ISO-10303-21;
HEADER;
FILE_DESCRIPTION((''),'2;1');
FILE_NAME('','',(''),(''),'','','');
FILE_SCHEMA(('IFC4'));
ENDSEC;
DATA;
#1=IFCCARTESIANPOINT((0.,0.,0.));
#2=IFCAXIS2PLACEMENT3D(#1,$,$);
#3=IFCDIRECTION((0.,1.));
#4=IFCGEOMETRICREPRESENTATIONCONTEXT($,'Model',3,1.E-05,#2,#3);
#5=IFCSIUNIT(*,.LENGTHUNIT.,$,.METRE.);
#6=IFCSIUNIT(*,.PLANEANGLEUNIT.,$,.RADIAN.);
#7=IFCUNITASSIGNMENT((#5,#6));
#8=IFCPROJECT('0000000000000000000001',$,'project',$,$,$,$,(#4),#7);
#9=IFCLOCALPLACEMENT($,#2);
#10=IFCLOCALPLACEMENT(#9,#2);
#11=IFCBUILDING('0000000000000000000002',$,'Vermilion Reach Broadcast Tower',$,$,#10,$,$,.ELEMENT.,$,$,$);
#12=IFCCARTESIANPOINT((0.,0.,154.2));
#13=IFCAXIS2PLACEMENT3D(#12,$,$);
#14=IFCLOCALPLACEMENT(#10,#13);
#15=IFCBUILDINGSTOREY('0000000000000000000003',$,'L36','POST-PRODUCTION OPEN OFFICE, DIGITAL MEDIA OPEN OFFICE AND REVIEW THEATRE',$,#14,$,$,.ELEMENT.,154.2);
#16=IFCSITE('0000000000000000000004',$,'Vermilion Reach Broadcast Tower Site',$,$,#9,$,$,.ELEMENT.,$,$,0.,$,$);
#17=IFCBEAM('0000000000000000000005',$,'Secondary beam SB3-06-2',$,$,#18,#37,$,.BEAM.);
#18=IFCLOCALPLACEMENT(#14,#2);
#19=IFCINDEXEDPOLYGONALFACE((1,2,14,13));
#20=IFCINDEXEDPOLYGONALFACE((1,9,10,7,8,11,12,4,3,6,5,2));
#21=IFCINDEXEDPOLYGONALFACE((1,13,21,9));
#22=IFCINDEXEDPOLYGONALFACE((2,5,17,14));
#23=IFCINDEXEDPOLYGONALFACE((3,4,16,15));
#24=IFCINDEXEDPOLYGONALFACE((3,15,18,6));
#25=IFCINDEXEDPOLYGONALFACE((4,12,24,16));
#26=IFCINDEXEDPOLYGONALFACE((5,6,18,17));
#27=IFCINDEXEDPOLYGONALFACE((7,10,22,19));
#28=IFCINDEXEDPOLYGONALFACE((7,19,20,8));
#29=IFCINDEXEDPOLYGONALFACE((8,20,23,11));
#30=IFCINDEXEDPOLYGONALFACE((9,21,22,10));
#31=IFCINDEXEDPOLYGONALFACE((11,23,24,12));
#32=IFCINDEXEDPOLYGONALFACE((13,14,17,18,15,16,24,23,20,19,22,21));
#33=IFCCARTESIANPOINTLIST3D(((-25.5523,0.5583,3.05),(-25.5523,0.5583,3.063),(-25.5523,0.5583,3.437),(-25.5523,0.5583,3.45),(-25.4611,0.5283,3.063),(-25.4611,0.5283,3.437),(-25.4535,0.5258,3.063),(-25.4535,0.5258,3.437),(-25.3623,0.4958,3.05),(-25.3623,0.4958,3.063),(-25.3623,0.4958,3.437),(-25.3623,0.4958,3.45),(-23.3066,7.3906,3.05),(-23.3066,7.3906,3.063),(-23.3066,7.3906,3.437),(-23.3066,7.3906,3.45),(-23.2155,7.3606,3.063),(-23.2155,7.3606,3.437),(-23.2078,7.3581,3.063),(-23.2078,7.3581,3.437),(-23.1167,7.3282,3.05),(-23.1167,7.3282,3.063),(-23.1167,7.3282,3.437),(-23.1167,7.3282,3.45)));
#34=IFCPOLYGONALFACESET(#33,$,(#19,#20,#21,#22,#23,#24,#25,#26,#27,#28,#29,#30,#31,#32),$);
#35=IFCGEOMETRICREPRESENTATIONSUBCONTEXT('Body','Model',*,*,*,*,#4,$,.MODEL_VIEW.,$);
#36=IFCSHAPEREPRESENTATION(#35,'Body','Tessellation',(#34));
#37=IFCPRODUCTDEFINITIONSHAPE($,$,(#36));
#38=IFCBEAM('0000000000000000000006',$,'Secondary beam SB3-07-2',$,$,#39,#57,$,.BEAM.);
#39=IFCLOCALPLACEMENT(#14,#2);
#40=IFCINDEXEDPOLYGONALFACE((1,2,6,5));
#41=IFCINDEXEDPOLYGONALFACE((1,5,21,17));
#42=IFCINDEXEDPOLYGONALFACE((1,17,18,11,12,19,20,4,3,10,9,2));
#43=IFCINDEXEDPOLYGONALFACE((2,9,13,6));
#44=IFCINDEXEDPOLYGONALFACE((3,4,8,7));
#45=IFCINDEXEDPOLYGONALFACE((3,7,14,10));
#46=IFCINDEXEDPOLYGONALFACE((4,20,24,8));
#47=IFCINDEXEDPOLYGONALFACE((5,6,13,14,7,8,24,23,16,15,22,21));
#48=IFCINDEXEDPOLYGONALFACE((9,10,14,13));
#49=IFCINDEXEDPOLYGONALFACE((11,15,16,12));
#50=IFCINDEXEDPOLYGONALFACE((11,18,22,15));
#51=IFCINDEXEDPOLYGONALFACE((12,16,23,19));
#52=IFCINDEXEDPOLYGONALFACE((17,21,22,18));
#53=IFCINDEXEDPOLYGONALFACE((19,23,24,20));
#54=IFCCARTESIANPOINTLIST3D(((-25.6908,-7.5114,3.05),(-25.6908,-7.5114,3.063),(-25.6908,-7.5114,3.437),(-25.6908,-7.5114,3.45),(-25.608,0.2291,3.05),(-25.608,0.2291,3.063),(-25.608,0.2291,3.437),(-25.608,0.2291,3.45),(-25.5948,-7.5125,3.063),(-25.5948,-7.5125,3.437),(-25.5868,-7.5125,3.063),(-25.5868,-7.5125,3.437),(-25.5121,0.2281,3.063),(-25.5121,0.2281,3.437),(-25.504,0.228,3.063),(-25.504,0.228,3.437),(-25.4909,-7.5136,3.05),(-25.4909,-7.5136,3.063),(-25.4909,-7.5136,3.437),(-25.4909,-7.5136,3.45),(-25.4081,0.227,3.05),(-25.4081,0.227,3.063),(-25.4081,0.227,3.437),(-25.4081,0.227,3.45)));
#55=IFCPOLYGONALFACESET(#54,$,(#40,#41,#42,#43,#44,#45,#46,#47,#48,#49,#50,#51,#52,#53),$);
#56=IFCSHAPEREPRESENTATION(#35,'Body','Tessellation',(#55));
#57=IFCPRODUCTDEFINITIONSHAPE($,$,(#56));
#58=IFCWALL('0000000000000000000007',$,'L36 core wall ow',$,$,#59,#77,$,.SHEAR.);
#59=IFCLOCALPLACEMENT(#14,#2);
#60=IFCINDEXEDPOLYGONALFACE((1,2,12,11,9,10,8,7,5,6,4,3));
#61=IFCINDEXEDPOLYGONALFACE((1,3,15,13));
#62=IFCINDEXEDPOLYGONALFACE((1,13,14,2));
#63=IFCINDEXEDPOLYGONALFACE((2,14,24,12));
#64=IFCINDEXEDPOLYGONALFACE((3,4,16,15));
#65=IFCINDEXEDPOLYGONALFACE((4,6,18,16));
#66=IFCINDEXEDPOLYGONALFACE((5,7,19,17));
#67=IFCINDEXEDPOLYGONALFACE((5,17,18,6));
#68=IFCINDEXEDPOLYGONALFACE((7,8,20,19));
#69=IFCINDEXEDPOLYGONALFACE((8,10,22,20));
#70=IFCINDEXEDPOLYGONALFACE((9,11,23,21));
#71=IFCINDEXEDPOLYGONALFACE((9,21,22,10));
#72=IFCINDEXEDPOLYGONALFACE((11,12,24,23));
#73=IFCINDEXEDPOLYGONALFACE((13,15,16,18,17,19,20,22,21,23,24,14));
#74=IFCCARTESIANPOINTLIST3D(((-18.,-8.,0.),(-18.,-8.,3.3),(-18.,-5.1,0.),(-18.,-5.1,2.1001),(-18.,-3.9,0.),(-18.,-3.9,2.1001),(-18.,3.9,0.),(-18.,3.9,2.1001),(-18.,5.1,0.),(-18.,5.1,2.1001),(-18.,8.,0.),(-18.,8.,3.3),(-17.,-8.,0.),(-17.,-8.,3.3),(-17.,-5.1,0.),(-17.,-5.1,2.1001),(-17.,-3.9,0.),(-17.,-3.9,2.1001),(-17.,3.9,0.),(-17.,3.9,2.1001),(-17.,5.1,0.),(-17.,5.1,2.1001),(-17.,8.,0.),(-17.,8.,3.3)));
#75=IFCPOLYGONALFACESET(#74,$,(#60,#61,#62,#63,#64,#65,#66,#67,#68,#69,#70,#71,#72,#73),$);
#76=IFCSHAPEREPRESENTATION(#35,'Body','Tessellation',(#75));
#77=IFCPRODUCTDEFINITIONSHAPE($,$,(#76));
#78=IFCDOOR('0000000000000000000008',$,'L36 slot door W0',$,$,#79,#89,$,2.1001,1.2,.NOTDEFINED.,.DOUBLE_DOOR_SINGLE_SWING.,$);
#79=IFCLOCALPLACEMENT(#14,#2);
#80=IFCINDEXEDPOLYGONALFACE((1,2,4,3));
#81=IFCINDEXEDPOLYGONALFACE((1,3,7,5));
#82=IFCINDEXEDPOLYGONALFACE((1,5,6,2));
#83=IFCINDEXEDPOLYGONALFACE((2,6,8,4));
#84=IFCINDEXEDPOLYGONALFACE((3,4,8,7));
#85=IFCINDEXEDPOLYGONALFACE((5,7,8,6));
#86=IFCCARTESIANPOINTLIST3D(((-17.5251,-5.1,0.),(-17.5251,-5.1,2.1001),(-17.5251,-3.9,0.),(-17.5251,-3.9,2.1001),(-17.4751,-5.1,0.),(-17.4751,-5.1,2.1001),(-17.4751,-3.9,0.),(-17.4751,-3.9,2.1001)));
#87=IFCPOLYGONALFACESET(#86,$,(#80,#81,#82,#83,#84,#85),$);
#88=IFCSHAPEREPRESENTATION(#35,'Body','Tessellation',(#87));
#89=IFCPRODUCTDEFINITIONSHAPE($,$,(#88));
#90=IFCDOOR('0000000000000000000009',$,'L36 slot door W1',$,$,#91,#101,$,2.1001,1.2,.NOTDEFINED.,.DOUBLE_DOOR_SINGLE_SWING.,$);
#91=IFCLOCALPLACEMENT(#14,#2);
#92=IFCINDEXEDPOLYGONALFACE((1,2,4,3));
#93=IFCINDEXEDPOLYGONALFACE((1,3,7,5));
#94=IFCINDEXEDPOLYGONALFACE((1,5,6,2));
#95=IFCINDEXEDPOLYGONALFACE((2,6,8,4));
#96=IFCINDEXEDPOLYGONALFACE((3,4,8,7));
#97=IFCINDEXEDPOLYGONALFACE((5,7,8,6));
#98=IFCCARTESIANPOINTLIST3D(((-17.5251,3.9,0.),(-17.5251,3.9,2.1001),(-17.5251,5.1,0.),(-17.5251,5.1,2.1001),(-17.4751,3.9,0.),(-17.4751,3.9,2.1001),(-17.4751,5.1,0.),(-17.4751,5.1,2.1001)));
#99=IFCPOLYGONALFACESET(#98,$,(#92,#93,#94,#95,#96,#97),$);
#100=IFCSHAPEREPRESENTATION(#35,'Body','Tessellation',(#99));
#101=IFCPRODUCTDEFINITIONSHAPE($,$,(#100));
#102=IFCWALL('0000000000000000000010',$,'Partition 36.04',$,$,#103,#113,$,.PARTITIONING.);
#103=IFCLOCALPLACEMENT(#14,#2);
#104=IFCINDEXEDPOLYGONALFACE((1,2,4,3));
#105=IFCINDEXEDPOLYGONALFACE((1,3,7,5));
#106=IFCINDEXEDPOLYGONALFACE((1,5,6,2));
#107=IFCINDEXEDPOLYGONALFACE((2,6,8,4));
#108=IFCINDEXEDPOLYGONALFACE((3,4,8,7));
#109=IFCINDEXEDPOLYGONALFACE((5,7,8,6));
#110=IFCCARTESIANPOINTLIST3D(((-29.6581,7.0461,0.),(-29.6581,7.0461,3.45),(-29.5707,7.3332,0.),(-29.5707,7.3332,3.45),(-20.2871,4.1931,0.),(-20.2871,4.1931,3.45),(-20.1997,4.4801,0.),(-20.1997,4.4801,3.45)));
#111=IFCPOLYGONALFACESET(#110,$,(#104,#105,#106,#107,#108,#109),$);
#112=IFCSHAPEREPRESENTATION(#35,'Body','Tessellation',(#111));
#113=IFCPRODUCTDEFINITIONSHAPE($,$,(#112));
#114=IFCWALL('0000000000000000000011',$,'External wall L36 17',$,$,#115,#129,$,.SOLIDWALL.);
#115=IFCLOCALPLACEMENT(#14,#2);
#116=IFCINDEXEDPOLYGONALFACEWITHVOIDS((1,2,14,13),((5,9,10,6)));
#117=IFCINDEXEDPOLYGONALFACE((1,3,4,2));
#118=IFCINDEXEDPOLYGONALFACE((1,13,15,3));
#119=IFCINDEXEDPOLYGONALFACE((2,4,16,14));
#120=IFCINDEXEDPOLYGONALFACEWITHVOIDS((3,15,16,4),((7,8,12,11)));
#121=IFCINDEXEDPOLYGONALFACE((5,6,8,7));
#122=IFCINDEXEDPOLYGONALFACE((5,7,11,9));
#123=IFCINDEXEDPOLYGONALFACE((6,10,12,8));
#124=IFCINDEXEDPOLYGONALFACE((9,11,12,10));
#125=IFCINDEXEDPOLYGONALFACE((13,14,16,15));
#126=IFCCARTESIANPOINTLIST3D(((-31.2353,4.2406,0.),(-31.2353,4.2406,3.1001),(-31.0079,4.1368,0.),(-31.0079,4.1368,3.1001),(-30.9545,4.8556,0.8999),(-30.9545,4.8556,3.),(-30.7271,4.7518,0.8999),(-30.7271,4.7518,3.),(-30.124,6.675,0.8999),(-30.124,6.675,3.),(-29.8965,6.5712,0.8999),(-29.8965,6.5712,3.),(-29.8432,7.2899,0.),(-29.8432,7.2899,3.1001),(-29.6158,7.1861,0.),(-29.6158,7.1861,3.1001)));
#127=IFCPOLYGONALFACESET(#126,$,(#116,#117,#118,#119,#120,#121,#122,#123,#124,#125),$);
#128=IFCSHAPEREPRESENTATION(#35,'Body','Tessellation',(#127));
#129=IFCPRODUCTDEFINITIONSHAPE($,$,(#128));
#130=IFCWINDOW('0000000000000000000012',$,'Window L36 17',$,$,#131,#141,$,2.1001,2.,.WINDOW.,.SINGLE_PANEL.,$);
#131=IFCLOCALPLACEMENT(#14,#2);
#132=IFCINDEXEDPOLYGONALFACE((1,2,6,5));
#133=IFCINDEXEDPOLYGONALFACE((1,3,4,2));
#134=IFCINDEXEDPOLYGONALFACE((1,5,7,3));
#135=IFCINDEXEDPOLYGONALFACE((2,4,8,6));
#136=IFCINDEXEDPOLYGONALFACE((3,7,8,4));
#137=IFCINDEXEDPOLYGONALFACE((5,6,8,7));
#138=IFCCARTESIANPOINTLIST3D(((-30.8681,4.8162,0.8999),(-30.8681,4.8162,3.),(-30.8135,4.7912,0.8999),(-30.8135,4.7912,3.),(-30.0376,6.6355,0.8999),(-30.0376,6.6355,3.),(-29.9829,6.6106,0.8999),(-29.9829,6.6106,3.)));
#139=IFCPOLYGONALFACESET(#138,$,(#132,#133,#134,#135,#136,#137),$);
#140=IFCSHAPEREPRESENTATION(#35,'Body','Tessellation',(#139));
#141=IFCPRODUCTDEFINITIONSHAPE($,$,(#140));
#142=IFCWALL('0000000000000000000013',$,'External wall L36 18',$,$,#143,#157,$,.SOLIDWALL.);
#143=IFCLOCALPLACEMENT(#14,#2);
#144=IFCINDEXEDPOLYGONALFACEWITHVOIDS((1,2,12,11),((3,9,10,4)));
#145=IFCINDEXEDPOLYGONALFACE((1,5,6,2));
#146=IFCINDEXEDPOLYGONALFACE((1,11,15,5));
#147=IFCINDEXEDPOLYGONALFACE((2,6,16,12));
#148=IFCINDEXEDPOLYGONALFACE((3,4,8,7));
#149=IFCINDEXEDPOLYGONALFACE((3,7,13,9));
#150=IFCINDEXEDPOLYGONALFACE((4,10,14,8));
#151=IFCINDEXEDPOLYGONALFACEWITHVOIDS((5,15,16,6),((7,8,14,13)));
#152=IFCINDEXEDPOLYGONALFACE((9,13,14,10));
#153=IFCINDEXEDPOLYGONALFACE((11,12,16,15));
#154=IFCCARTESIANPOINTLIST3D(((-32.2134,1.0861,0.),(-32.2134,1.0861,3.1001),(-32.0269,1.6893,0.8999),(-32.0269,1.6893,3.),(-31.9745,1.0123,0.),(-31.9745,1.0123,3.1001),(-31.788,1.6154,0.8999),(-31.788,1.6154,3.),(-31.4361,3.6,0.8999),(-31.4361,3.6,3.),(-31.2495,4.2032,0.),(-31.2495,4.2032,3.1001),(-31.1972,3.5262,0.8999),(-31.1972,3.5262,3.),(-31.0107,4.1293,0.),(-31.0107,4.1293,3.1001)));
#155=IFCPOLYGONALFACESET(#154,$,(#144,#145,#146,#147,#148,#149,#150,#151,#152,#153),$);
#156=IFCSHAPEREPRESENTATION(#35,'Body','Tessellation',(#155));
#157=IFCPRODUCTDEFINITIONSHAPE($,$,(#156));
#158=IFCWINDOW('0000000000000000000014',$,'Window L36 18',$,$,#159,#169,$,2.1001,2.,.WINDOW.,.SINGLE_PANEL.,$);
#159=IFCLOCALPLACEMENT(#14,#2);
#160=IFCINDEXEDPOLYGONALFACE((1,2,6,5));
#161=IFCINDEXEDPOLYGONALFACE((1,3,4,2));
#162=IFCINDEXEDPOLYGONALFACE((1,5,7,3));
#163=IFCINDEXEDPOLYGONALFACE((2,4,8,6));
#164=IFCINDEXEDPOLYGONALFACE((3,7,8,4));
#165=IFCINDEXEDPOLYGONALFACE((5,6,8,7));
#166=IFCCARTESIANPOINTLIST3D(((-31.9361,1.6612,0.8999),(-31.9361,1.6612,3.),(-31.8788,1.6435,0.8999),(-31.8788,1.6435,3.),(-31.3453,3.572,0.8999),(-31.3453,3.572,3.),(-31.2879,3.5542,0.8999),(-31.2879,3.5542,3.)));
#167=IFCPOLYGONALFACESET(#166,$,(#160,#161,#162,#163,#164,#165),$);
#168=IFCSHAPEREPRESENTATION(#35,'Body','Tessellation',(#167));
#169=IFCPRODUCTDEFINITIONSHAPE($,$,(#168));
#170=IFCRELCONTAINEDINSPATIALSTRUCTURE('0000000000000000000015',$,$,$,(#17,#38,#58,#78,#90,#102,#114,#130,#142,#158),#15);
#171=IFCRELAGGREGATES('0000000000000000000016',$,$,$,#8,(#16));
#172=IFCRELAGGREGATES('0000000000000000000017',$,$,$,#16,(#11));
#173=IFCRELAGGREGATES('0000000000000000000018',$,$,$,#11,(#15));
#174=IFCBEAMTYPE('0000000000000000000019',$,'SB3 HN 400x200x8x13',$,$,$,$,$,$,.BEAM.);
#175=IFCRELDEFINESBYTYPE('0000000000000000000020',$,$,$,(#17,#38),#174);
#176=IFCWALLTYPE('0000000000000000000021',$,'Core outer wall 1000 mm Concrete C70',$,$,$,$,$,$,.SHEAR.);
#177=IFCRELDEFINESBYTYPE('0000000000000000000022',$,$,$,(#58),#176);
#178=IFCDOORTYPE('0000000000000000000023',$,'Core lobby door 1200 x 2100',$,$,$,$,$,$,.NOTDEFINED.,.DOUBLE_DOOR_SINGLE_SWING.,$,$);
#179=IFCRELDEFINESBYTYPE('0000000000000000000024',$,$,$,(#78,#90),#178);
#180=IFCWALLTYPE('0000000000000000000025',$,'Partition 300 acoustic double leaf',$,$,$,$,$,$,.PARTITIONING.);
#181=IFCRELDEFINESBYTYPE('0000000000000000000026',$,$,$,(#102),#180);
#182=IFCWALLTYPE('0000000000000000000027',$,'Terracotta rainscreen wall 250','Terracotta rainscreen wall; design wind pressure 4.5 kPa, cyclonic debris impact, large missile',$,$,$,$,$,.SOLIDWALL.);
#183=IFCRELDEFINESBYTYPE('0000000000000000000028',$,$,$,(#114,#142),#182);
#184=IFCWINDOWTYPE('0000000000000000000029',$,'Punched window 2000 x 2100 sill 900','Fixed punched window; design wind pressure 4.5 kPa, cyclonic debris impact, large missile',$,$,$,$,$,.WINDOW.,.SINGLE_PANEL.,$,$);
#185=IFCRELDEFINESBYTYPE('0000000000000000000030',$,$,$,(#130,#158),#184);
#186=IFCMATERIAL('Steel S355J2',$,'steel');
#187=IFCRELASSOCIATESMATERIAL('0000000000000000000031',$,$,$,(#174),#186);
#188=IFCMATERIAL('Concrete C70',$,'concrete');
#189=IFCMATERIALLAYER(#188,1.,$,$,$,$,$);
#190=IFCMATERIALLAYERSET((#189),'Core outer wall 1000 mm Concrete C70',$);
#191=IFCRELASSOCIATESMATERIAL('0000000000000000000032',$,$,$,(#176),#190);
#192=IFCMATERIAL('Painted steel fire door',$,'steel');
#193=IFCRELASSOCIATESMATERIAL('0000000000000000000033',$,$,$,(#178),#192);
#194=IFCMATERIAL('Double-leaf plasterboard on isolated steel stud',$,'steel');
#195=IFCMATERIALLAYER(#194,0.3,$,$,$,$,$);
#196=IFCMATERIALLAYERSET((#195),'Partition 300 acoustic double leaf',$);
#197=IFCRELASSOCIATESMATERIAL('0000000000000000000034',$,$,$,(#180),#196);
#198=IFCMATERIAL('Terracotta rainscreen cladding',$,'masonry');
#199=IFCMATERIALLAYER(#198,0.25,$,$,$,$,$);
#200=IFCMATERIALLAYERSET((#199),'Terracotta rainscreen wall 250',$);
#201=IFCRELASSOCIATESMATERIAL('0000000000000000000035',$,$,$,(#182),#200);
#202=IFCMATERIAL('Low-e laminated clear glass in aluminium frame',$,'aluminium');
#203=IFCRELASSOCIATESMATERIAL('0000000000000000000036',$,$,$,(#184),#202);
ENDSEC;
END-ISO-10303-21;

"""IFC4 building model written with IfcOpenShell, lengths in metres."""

from ifc_helpers import new_model, si_unit, direction, frame, frame_2d, origin, origin_2d, place, context, subcontext, project, spatial, rectangle, i_section, extrude, material, layer, layer_set, material_profile, profile_set, type_object, element, fill, save


model = new_model("IFC4")

# Units and contexts
model_context = context("Model", 3, precision=1e-05, world=origin(), true_north=direction((0.0, 1.0)))
body_context = subcontext(model_context, "Body", "Model", "MODEL_VIEW")
ifc_project = project(units=[si_unit("LENGTHUNIT", "METRE"), si_unit("PLANEANGLEUNIT", "RADIAN")], contexts=[model_context])

# Site, building, storey
site_placement = place(None, origin())
site = spatial("IfcSite", under=ifc_project, at=site_placement, Name="Vermilion Reach Broadcast Tower Site", CompositionType="ELEMENT", RefElevation=0.0)
building_placement = place(site_placement, origin())
building = spatial("IfcBuilding", under=site, at=building_placement, Name="Vermilion Reach Broadcast Tower", CompositionType="ELEMENT")
storey_placement = place(building_placement, frame((0.0, 0.0, 154.2)))
storey = spatial("IfcBuildingStorey", under=building, at=storey_placement, Name="L36", Description="POST-PRODUCTION OPEN OFFICE, DIGITAL MEDIA OPEN OFFICE AND REVIEW THEATRE", CompositionType="ELEMENT", Elevation=154.2)

# Beams
ifc_material_1 = material(Name="Steel S355J2", Category="steel")
ifc_material_profile_1 = material_profile(ifc_material_1, i_section(OverallWidth=0.2, OverallDepth=0.3999, WebThickness=0.0081, FlangeThickness=0.0129, at=origin_2d()), Name="S355J2 HN 400x200x8x13")
ifc_profile_set_1 = profile_set([ifc_material_profile_1], Name="Steel S355J2")
beam_type_1 = type_object("IfcBeamType", Name="SB3 HN 400x200x8x13", PredefinedType="BEAM", material=ifc_profile_set_1)
beam_1_placement = place(storey_placement, frame((-23.2117, 7.3594, 3.25), z_axis=(-0.312243, -0.950002, 0.0), x_axis=(0.950002, -0.312243, 0.0)))
element("IfcBeam", 1, at=beam_1_placement, inside=storey, type_object=beam_type_1, Name="Secondary beam SB3-06-2", PredefinedType="BEAM", context=body_context, shape_type="SweptSolid", body=[
    extrude(i_section(OverallWidth=0.2, OverallDepth=0.3999, WebThickness=0.0081, FlangeThickness=0.0129, at=origin_2d()), origin(), (0.0, 0.0, 1.0), 7.1919),
])
beam_2_placement = place(storey_placement, frame((-25.5081, 0.228, 3.25), z_axis=(-0.010692, -0.999943, 0.0), x_axis=(0.999943, -0.010692, 0.0)))
element("IfcBeam", 2, at=beam_2_placement, inside=storey, type_object=beam_type_1, Name="Secondary beam SB3-07-2", PredefinedType="BEAM", context=body_context, shape_type="SweptSolid", body=[
    extrude(i_section(OverallWidth=0.2, OverallDepth=0.3999, WebThickness=0.0081, FlangeThickness=0.0129, at=origin_2d()), origin(), (0.0, 0.0, 1.0), 7.741),
])

# Wall, openings, doors
ifc_material_2 = material(Name="Concrete C70", Category="concrete")
ifc_layer_1 = layer(ifc_material_2, 1.0)
ifc_layer_set_1 = layer_set([ifc_layer_1], Name="Core outer wall 1000 mm Concrete C70")
wall_type_1 = type_object("IfcWallType", Name="Core outer wall 1000 mm Concrete C70", PredefinedType="SHEAR", material=ifc_layer_set_1)
wall_1_placement = place(storey_placement, frame((-17.5, 8.0, 0.0), z_axis=(0.0, 0.0, 1.0), x_axis=(0.0, -1.0, 0.0)))
wall_1 = element("IfcWall", 3, at=wall_1_placement, inside=storey, type_object=wall_type_1, Name="L36 core wall ow", PredefinedType="SHEAR", context=body_context, shape_type="SweptSolid", body=[
    extrude(rectangle(XDim=16.0, YDim=1.0, at=frame_2d((8.0, 0.0))), origin(), (0.0, 0.0, 1.0), 3.3),
])
opening_1_placement = place(wall_1_placement, frame((11.8999, 0.0, 0.0)))
opening_1 = element("IfcOpeningElement", 4, at=opening_1_placement, cuts=wall_1, PredefinedType="OPENING", context=body_context, shape_type="SweptSolid", body=[
    extrude(rectangle(XDim=1.2, YDim=2.1001, at=frame_2d((0.6001, 1.05))), frame((0.0, 0.51, 0.0), z_axis=(0.0, -1.0, 0.0), x_axis=(1.0, 0.0, 0.0)), (0.0, 0.0, 1.0), 1.02),
])
opening_2_placement = place(wall_1_placement, frame((2.8999, 0.0, 0.0)))
opening_2 = element("IfcOpeningElement", 5, at=opening_2_placement, cuts=wall_1, PredefinedType="OPENING", context=body_context, shape_type="SweptSolid", body=[
    extrude(rectangle(XDim=1.2, YDim=2.1001, at=frame_2d((0.6001, 1.05))), frame((0.0, 0.51, 0.0), z_axis=(0.0, -1.0, 0.0), x_axis=(1.0, 0.0, 0.0)), (0.0, 0.0, 1.0), 1.02),
])
ifc_material_3 = material(Name="Painted steel fire door", Category="steel")
door_type = type_object("IfcDoorType", Name="Core lobby door 1200 x 2100", OperationType="DOUBLE_DOOR_SINGLE_SWING", PredefinedType="NOTDEFINED", material=ifc_material_3)
door_1_placement = place(opening_1_placement, origin())
door_1 = element("IfcDoor", 6, at=door_1_placement, inside=storey, type_object=door_type, Name="L36 slot door W0", OperationType="DOUBLE_DOOR_SINGLE_SWING", OverallHeight=2.1001, OverallWidth=1.2, PredefinedType="NOTDEFINED", context=body_context, shape_type="SweptSolid", body=[
    extrude(rectangle(XDim=1.2, YDim=2.1001, at=frame_2d((0.6001, 1.05))), frame((0.0, 0.0249, 0.0), z_axis=(0.0, -1.0, 0.0), x_axis=(1.0, 0.0, 0.0)), (0.0, 0.0, 1.0), 0.05),
])
fill(opening_1, door_1)
door_2_placement = place(opening_2_placement, origin())
door_2 = element("IfcDoor", 7, at=door_2_placement, inside=storey, type_object=door_type, Name="L36 slot door W1", OperationType="DOUBLE_DOOR_SINGLE_SWING", OverallHeight=2.1001, OverallWidth=1.2, PredefinedType="NOTDEFINED", context=body_context, shape_type="SweptSolid", body=[
    extrude(rectangle(XDim=1.2, YDim=2.1001, at=frame_2d((0.6001, 1.05))), frame((0.0, 0.0249, 0.0), z_axis=(0.0, -1.0, 0.0), x_axis=(1.0, 0.0, 0.0)), (0.0, 0.0, 1.0), 0.05),
])
fill(opening_2, door_2)

# Wall
ifc_material_4 = material(Name="Double-leaf plasterboard on isolated steel stud", Category="steel")
ifc_layer_2 = layer(ifc_material_4, 0.3)
ifc_layer_set_2 = layer_set([ifc_layer_2], Name="Partition 300 acoustic double leaf")
wall_type_2 = type_object("IfcWallType", Name="Partition 300 acoustic double leaf", PredefinedType="PARTITIONING", material=ifc_layer_set_2)
wall_2_placement = place(storey_placement, frame((-29.6145, 7.1897, 0.0), z_axis=(0.0, 0.0, 1.0), x_axis=(0.956645, -0.291258, 0.0)))
element("IfcWall", 8, at=wall_2_placement, inside=storey, type_object=wall_type_2, Name="Partition 36.04", PredefinedType="PARTITIONING", context=body_context, shape_type="SweptSolid", body=[
    extrude(rectangle(XDim=9.7957, YDim=0.3, at=frame_2d((4.8979, 0.0))), origin(), (0.0, 0.0, 1.0), 3.45),
])

# Walls, openings, windows
ifc_material_5 = material(Name="Terracotta rainscreen cladding", Category="masonry")
ifc_layer_3 = layer(ifc_material_5, 0.25)
ifc_layer_set_3 = layer_set([ifc_layer_3], Name="Terracotta rainscreen wall 250")
wall_type_3 = type_object("IfcWallType", Name="Terracotta rainscreen wall 250", Description="Terracotta rainscreen wall; design wind pressure 4.5 kPa, cyclonic debris impact, large missile", PredefinedType="SOLIDWALL", material=ifc_layer_set_3)
wall_3_placement = place(storey_placement, frame((-29.7295, 7.238, 0.0), z_axis=(0.0, 0.0, 1.0), x_axis=(-0.415295, -0.909687, 0.0)))
wall_3 = element("IfcWall", 9, at=wall_3_placement, inside=storey, type_object=wall_type_3, Name="External wall L36 17", PredefinedType="SOLIDWALL", context=body_context, shape_type="SweptSolid", body=[
    extrude(rectangle(XDim=3.3521, YDim=0.25, at=frame_2d((1.676, 0.0))), origin(), (0.0, 0.0, 1.0), 3.1001),
])
opening_3_placement = place(wall_3_placement, frame((0.676, 0.0, 0.8999)))
opening_3 = element("IfcOpeningElement", 10, at=opening_3_placement, cuts=wall_3, PredefinedType="OPENING", context=body_context, shape_type="SweptSolid", body=[
    extrude(rectangle(XDim=2.0, YDim=2.1001, at=frame_2d((1.0, 1.05))), frame((0.0, 0.135, 0.0), z_axis=(0.0, -1.0, 0.0), x_axis=(1.0, 0.0, 0.0)), (0.0, 0.0, 1.0), 0.27),
])
ifc_material_6 = material(Name="Low-e laminated clear glass in aluminium frame", Category="aluminium")
window_type = type_object("IfcWindowType", Name="Punched window 2000 x 2100 sill 900", Description="Fixed punched window; design wind pressure 4.5 kPa, cyclonic debris impact, large missile", PartitioningType="SINGLE_PANEL", PredefinedType="WINDOW", material=ifc_material_6)
window_1_placement = place(opening_3_placement, origin())
window_1 = element("IfcWindow", 11, at=window_1_placement, inside=storey, type_object=window_type, Name="Window L36 17", OverallHeight=2.1001, OverallWidth=2.0, PartitioningType="SINGLE_PANEL", PredefinedType="WINDOW", context=body_context, shape_type="SweptSolid", body=[
    extrude(rectangle(XDim=2.0, YDim=2.1001, at=frame_2d((1.0, 1.05))), frame((0.0, 0.03, 0.0), z_axis=(0.0, -1.0, 0.0), x_axis=(1.0, 0.0, 0.0)), (0.0, 0.0, 1.0), 0.0601),
])
fill(opening_3, window_1)
wall_4_placement = place(storey_placement, frame((-31.1301, 4.1663, 0.0), z_axis=(0.0, 0.0, 1.0), x_axis=(-0.295411, -0.95537, 0.0)))
wall_4 = element("IfcWall", 12, at=wall_4_placement, inside=storey, type_object=wall_type_3, Name="External wall L36 18", PredefinedType="SOLIDWALL", context=body_context, shape_type="SweptSolid", body=[
    extrude(rectangle(XDim=3.2627, YDim=0.25, at=frame_2d((1.6313, 0.0))), origin(), (0.0, 0.0, 1.0), 3.1001),
])
opening_4_placement = place(wall_4_placement, frame((0.6313, 0.0, 0.8999)))
opening_4 = element("IfcOpeningElement", 13, at=opening_4_placement, cuts=wall_4, PredefinedType="OPENING", context=body_context, shape_type="SweptSolid", body=[
    extrude(rectangle(XDim=2.0, YDim=2.1001, at=frame_2d((1.0, 1.05))), frame((0.0, 0.135, 0.0), z_axis=(0.0, -1.0, 0.0), x_axis=(1.0, 0.0, 0.0)), (0.0, 0.0, 1.0), 0.27),
])
window_2_placement = place(opening_4_placement, origin())
window_2 = element("IfcWindow", 14, at=window_2_placement, inside=storey, type_object=window_type, Name="Window L36 18", OverallHeight=2.1001, OverallWidth=2.0, PartitioningType="SINGLE_PANEL", PredefinedType="WINDOW", context=body_context, shape_type="SweptSolid", body=[
    extrude(rectangle(XDim=2.0, YDim=2.1001, at=frame_2d((1.0, 1.05))), frame((0.0, 0.03, 0.0), z_axis=(0.0, -1.0, 0.0), x_axis=(1.0, 0.0, 0.0)), (0.0, 0.0, 1.0), 0.0601),
])
fill(opening_4, window_2)

save(model, "model.ifc")
